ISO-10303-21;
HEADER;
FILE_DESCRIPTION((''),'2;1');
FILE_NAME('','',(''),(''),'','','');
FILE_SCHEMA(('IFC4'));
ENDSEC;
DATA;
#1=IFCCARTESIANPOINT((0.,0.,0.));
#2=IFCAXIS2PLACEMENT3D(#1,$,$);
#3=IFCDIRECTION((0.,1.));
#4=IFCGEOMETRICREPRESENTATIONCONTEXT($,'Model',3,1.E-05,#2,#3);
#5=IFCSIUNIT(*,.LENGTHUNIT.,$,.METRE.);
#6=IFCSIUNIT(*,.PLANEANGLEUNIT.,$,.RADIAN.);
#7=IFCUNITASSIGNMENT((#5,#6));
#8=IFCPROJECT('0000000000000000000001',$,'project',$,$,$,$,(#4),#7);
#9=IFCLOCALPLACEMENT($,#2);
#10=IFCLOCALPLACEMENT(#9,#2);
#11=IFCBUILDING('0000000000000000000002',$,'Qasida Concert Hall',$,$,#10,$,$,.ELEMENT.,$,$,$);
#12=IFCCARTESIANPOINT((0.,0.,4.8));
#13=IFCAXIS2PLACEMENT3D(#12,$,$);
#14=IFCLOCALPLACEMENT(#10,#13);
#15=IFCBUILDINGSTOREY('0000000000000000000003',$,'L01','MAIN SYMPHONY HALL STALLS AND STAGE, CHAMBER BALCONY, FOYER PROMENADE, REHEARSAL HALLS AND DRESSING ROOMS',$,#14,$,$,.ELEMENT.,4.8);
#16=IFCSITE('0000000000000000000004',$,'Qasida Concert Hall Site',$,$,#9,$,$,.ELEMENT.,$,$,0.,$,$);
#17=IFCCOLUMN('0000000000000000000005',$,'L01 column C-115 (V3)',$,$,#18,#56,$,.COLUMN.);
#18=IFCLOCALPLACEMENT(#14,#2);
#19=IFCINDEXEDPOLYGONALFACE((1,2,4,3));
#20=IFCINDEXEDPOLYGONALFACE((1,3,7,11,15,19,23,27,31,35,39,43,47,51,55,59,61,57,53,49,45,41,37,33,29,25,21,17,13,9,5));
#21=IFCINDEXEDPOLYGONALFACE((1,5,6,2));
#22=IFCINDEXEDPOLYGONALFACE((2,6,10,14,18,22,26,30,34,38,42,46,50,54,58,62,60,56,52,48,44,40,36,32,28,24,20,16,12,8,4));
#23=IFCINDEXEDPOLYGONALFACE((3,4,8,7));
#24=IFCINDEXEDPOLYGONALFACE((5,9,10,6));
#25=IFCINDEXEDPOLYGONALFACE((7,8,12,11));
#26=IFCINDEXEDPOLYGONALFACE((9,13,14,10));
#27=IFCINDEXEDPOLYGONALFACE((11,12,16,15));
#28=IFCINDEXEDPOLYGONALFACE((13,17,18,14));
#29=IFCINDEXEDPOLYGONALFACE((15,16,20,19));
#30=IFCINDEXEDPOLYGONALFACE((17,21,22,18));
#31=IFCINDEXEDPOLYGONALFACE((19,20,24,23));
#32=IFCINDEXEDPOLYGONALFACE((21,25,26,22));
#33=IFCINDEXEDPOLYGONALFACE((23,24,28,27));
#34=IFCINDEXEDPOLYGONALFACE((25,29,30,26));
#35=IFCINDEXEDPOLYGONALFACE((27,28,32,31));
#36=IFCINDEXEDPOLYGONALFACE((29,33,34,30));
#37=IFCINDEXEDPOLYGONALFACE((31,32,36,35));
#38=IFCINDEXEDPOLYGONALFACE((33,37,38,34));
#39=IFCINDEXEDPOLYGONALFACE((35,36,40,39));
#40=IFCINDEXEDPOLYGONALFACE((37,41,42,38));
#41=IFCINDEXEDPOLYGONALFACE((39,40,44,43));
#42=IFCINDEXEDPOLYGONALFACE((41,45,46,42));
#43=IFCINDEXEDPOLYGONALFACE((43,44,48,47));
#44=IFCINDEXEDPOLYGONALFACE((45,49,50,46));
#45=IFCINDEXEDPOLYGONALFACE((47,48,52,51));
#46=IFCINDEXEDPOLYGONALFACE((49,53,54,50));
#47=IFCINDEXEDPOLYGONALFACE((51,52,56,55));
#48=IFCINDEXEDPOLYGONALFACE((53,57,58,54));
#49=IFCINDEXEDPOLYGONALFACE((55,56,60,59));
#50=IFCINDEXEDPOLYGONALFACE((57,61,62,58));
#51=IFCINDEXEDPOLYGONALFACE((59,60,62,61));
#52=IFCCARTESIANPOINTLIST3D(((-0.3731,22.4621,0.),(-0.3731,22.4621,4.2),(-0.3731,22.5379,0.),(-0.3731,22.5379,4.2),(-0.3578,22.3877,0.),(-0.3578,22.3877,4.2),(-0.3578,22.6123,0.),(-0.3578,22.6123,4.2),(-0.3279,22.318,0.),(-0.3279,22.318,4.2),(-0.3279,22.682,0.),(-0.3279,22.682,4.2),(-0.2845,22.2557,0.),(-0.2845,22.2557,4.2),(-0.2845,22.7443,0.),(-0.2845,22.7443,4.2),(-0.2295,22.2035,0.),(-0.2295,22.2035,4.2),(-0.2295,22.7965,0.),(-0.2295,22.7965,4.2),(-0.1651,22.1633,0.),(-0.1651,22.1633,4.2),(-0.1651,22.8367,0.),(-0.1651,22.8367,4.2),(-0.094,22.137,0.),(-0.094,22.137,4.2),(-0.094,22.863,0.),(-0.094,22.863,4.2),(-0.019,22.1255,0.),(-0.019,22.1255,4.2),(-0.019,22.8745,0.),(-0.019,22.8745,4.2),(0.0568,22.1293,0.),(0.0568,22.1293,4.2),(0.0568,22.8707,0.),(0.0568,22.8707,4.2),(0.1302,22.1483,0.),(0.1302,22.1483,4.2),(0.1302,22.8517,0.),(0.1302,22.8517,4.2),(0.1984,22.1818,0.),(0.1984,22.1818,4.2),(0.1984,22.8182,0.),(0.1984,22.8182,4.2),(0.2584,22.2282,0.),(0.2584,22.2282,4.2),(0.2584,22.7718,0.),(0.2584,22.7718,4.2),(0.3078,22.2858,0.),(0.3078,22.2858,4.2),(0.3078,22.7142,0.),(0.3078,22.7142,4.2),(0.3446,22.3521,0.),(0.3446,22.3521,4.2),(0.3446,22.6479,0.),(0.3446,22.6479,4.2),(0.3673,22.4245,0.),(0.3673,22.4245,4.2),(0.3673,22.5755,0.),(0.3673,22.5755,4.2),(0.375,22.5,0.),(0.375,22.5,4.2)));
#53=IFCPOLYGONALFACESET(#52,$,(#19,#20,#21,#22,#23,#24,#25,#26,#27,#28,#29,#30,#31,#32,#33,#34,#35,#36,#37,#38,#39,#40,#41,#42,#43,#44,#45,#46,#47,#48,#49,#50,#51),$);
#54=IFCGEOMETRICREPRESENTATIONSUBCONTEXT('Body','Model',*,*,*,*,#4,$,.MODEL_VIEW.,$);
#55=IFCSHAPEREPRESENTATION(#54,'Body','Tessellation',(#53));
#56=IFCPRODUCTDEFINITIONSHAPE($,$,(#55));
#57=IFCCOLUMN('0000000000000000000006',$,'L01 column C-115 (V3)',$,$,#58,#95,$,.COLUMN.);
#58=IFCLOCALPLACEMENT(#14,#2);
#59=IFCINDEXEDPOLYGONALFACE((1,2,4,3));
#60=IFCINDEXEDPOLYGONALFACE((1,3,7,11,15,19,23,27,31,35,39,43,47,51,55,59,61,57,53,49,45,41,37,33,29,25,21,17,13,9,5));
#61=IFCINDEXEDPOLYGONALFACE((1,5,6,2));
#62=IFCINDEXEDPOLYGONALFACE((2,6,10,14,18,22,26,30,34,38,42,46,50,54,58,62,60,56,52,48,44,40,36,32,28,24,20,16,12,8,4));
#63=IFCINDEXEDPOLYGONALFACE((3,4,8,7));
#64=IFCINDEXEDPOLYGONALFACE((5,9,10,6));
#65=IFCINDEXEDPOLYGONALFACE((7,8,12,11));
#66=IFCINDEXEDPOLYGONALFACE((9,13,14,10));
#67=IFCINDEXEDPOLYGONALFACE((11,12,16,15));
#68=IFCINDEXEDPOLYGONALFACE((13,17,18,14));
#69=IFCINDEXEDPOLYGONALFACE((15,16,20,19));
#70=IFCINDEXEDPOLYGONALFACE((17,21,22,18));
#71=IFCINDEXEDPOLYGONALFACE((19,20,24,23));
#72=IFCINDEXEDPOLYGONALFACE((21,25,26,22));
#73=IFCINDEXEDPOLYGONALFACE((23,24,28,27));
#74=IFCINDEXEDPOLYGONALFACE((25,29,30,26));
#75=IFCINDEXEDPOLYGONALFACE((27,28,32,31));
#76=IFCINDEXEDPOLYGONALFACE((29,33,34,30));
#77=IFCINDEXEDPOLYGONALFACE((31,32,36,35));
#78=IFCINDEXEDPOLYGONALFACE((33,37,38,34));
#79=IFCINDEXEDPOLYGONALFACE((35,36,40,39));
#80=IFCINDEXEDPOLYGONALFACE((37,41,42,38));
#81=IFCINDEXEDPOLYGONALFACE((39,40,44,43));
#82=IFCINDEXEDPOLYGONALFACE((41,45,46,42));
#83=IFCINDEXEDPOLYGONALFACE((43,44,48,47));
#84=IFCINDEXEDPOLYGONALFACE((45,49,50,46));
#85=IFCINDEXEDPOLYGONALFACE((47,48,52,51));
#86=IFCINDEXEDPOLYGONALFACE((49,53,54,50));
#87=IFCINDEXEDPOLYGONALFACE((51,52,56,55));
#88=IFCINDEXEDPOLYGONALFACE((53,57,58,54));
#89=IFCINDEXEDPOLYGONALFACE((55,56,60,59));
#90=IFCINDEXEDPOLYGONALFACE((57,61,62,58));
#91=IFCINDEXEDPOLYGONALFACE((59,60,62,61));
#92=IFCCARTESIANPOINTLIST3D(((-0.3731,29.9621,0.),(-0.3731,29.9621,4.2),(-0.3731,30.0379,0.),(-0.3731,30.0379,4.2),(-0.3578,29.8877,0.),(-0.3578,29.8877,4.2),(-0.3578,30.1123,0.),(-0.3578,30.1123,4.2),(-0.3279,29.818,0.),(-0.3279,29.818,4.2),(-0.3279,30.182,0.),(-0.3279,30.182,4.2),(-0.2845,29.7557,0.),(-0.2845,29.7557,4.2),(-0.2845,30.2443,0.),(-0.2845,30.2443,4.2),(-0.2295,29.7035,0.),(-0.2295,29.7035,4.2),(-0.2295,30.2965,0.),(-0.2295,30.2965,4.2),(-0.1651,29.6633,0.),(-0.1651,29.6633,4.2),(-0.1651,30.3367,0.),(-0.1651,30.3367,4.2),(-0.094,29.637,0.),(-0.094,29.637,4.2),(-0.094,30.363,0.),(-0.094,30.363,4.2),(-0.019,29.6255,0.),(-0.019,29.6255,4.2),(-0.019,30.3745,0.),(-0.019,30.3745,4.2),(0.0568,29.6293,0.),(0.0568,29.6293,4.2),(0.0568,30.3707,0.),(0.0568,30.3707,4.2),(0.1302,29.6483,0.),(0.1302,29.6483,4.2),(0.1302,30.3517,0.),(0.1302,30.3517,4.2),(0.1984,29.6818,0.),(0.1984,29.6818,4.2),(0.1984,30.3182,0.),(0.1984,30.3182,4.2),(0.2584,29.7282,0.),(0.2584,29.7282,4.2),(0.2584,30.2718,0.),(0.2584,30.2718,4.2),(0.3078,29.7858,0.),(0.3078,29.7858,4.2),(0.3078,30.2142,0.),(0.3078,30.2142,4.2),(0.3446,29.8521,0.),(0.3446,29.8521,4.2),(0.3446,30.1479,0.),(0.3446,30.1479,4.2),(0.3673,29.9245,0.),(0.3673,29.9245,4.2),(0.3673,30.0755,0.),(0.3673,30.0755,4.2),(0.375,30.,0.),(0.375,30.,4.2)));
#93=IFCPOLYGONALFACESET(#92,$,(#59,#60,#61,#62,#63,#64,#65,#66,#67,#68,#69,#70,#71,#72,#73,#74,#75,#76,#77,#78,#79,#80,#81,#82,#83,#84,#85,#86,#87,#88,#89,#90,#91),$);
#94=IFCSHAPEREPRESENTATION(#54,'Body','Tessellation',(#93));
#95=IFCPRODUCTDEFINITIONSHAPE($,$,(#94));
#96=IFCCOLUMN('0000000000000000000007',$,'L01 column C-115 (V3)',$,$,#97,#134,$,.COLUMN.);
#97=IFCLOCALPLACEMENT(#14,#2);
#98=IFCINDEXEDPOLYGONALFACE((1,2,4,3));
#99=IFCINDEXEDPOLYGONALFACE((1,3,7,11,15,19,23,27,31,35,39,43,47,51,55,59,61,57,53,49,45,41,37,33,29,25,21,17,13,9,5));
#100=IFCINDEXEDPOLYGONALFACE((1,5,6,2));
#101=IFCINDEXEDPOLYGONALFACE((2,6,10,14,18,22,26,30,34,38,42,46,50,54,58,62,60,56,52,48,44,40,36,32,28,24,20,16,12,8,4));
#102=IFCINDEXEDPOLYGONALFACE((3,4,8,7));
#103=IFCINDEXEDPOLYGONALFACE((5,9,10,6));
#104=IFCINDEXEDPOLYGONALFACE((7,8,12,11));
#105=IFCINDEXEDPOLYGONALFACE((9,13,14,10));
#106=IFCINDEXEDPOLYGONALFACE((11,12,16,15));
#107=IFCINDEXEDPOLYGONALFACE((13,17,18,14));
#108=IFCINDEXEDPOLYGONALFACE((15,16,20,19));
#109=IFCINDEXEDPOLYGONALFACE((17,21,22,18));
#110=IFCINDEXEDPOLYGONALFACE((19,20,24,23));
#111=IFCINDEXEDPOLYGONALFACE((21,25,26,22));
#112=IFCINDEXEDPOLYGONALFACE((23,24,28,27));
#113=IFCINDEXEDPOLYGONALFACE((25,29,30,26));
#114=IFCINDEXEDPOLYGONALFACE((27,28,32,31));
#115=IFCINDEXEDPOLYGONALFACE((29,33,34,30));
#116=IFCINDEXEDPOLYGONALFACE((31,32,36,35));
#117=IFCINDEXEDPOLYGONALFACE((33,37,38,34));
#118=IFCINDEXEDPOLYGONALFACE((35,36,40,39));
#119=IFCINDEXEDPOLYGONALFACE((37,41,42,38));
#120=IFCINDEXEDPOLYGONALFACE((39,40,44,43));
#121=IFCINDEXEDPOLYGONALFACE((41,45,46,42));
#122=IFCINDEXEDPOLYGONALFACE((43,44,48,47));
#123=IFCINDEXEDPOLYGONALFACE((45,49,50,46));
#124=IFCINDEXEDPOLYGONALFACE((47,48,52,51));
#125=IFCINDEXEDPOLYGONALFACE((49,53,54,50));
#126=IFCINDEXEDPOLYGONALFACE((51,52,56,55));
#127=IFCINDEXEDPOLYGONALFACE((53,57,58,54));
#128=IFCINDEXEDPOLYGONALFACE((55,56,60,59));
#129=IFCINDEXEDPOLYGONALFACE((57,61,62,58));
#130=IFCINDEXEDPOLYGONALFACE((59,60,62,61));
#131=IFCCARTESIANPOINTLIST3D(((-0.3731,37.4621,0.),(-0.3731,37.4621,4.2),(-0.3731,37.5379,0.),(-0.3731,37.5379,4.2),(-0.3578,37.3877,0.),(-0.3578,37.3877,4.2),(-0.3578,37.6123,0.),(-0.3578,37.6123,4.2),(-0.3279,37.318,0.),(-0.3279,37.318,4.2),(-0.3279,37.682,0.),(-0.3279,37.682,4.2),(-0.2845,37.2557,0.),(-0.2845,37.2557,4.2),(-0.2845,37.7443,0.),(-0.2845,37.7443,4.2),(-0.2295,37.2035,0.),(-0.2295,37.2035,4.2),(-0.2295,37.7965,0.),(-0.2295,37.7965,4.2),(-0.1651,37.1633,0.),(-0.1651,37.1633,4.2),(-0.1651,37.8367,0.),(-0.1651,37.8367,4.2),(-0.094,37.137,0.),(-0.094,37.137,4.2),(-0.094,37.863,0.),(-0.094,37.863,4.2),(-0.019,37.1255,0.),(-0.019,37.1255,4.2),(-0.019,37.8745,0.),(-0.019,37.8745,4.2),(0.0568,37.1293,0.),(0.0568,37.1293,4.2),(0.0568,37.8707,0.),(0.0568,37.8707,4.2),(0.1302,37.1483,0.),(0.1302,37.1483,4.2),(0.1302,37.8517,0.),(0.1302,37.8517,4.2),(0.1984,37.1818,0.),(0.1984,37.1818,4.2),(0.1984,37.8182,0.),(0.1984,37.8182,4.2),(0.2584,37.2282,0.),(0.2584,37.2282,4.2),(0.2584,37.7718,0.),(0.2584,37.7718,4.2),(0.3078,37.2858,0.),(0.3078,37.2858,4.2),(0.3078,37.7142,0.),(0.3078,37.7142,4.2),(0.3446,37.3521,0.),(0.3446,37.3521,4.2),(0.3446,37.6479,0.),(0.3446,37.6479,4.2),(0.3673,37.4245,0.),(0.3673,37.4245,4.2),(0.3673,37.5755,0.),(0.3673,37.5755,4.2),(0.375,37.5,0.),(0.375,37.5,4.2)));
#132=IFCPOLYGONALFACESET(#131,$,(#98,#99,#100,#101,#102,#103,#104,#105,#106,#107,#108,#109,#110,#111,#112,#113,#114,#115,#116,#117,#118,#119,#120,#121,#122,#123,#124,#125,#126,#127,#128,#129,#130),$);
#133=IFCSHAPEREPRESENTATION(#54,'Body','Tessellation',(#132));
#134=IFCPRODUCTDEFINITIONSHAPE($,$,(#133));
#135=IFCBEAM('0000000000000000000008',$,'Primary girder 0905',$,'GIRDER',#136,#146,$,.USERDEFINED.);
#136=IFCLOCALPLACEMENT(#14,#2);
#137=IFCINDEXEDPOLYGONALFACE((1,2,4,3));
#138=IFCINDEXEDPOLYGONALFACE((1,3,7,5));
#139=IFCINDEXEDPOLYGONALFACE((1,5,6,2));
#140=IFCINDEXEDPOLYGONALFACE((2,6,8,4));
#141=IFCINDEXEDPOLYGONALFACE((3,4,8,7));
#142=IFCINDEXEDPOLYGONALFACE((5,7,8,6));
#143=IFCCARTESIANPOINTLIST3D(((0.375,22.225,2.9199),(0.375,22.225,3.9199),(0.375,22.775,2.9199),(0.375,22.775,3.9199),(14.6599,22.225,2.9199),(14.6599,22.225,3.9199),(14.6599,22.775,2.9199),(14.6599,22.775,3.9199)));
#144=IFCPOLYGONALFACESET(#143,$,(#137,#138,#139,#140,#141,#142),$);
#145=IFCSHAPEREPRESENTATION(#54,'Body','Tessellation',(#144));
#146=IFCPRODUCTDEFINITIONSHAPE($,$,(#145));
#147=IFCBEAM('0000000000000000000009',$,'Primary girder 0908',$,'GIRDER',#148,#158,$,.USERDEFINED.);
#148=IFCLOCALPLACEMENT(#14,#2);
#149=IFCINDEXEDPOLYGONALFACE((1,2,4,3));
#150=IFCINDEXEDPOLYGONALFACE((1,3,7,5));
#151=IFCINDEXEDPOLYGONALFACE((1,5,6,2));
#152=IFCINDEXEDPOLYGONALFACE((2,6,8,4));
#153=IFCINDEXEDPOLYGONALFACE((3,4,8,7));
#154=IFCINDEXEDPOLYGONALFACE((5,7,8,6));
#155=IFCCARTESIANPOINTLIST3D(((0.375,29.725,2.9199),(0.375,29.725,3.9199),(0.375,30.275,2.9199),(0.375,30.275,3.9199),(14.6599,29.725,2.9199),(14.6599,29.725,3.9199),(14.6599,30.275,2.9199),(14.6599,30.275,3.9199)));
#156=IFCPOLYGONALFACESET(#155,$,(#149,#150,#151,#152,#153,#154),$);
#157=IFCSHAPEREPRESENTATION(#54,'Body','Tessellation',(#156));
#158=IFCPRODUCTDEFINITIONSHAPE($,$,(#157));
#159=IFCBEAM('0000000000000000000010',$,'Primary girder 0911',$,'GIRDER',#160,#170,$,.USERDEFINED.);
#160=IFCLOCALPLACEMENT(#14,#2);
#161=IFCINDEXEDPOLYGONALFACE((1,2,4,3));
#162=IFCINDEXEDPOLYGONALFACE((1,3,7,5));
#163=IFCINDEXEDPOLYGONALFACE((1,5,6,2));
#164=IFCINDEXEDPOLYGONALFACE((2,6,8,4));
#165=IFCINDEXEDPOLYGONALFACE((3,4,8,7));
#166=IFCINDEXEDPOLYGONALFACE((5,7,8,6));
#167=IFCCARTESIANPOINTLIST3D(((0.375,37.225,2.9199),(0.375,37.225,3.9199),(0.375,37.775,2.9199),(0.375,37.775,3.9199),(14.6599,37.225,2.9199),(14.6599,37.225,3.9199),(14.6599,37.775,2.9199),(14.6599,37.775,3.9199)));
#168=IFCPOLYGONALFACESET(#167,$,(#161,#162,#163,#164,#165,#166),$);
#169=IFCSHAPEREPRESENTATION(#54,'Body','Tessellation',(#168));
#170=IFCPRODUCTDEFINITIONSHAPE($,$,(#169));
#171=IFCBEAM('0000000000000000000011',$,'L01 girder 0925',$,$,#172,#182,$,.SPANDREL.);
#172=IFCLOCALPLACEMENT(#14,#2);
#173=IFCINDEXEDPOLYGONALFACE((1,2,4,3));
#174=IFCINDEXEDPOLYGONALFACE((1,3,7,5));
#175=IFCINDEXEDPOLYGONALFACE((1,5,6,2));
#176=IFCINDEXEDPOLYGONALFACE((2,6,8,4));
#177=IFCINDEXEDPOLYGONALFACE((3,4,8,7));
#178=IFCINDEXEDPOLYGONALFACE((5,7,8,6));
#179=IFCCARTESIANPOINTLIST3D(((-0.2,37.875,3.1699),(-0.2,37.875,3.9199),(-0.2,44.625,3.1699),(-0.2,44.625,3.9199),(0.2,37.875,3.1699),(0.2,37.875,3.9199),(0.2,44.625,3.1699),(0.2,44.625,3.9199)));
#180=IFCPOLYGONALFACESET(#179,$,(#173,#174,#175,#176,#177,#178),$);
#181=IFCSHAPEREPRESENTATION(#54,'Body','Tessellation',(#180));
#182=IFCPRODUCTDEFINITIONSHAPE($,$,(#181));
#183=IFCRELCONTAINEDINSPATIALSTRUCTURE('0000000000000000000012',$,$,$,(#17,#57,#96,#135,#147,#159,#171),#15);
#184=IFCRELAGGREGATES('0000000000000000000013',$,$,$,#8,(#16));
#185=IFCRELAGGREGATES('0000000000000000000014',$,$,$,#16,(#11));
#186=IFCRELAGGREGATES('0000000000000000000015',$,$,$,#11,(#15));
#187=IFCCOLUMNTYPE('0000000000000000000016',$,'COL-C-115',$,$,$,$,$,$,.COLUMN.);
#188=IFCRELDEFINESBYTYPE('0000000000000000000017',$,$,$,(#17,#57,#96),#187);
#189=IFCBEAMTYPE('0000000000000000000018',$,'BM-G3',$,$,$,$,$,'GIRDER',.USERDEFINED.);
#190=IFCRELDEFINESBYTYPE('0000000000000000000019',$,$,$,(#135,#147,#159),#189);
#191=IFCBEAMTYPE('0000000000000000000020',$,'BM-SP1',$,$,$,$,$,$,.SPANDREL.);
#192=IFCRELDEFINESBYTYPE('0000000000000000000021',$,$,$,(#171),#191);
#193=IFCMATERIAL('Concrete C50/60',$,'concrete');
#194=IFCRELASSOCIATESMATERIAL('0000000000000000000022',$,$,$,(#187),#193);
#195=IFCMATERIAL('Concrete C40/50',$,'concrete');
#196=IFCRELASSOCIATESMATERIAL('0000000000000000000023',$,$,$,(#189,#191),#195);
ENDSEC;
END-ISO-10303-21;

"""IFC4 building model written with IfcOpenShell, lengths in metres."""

from ifc_helpers import new_model, si_unit, direction, frame, origin, origin_2d, place, context, subcontext, project, spatial, rectangle, circle, extrude, material, material_profile, profile_set, type_object, element, save


model = new_model("IFC4")

# Units and contexts
model_context = context("Model", 3, precision=1e-05, world=origin(), true_north=direction((0.0, 1.0)))
body_context = subcontext(model_context, "Body", "Model", "MODEL_VIEW")
ifc_project = project(units=[si_unit("LENGTHUNIT", "METRE"), si_unit("PLANEANGLEUNIT", "RADIAN")], contexts=[model_context])

# Site, building, storey
site_placement = place(None, origin())
site = spatial("IfcSite", under=ifc_project, at=site_placement, Name="Qasida Concert Hall Site", CompositionType="ELEMENT", RefElevation=0.0)
building_placement = place(site_placement, origin())
building = spatial("IfcBuilding", under=site, at=building_placement, Name="Qasida Concert Hall", CompositionType="ELEMENT")
storey_placement = place(building_placement, frame((0.0, 0.0, 4.8)))
storey = spatial("IfcBuildingStorey", under=building, at=storey_placement, Name="L01", Description="MAIN SYMPHONY HALL STALLS AND STAGE, CHAMBER BALCONY, FOYER PROMENADE, REHEARSAL HALLS AND DRESSING ROOMS", CompositionType="ELEMENT", Elevation=4.8)

# Columns
ifc_material_1 = material(Name="Concrete C50/60", Category="concrete")
ifc_material_profile_1 = material_profile(ifc_material_1, circle(Radius=0.375, at=origin_2d()), Name="RC COL D750")
ifc_profile_set_1 = profile_set([ifc_material_profile_1], Name="Concrete C50/60")
column_type = type_object("IfcColumnType", Name="COL-C-115", PredefinedType="COLUMN", material=ifc_profile_set_1)
for number, where, z_axis, x_axis, name in (
    (1, (0.0, 22.5, 0.0), (0.0, 0.0, 1.0), (1.0, 0.0, 0.0), "L01 column C-115 (V3)"),
    (2, (0.0, 30.0, 0.0), (0.0, 0.0, 1.0), (1.0, 0.0, 0.0), "L01 column C-115 (V3)"),
    (3, (0.0, 37.5, 0.0), (0.0, 0.0, 1.0), (1.0, 0.0, 0.0), "L01 column C-115 (V3)"),
):
    element("IfcColumn", number, at=place(storey_placement, frame(where, z_axis=z_axis, x_axis=x_axis)), inside=storey, type_object=column_type, Name=name, PredefinedType="COLUMN", context=body_context, shape_type="SweptSolid", body=[
        extrude(circle(Radius=0.375, at=origin_2d()), origin(), (0.0, 0.0, 1.0), 4.2),
    ])

# Beams
ifc_material_2 = material(Name="Concrete C40/50", Category="concrete")
ifc_material_profile_2 = material_profile(ifc_material_2, rectangle(XDim=0.55, YDim=1.0, at=origin_2d()), Name="RC 550x1000")
ifc_profile_set_2 = profile_set([ifc_material_profile_2], Name="Concrete C40/50")
beam_type_1 = type_object("IfcBeamType", Name="BM-G3", ElementType="GIRDER", PredefinedType="USERDEFINED", material=ifc_profile_set_2)
for number, where, z_axis, x_axis, name in (
    (4, (0.375, 22.5, 3.4199), (1.0, 0.0, 0.0), (0.0, 1.0, 0.0), "Primary girder 0905"),
    (5, (0.375, 30.0, 3.4199), (1.0, 0.0, 0.0), (0.0, 1.0, 0.0), "Primary girder 0908"),
    (6, (0.375, 37.5, 3.4199), (1.0, 0.0, 0.0), (0.0, 1.0, 0.0), "Primary girder 0911"),
):
    element("IfcBeam", number, at=place(storey_placement, frame(where, z_axis=z_axis, x_axis=x_axis)), inside=storey, type_object=beam_type_1, Name=name, ObjectType="GIRDER", PredefinedType="USERDEFINED", context=body_context, shape_type="SweptSolid", body=[
        extrude(rectangle(XDim=0.55, YDim=1.0, at=origin_2d()), origin(), (0.0, 0.0, 1.0), 14.2849),
    ])
ifc_material_profile_3 = material_profile(ifc_material_2, rectangle(XDim=0.3999, YDim=0.75, at=origin_2d()), Name="RC 400x750")
ifc_profile_set_3 = profile_set([ifc_material_profile_3], Name="Concrete C40/50")
beam_type_2 = type_object("IfcBeamType", Name="BM-SP1", PredefinedType="SPANDREL", material=ifc_profile_set_3)
beam_1_placement = place(storey_placement, frame((0.0, 37.875, 3.5449), z_axis=(0.0, 1.0, 0.0), x_axis=(-1.0, 0.0, 0.0)))
element("IfcBeam", 7, at=beam_1_placement, inside=storey, type_object=beam_type_2, Name="L01 girder 0925", PredefinedType="SPANDREL", context=body_context, shape_type="SweptSolid", body=[
    extrude(rectangle(XDim=0.3999, YDim=0.75, at=origin_2d()), origin(), (0.0, 0.0, 1.0), 6.75),
])

save(model, "model.ifc")
